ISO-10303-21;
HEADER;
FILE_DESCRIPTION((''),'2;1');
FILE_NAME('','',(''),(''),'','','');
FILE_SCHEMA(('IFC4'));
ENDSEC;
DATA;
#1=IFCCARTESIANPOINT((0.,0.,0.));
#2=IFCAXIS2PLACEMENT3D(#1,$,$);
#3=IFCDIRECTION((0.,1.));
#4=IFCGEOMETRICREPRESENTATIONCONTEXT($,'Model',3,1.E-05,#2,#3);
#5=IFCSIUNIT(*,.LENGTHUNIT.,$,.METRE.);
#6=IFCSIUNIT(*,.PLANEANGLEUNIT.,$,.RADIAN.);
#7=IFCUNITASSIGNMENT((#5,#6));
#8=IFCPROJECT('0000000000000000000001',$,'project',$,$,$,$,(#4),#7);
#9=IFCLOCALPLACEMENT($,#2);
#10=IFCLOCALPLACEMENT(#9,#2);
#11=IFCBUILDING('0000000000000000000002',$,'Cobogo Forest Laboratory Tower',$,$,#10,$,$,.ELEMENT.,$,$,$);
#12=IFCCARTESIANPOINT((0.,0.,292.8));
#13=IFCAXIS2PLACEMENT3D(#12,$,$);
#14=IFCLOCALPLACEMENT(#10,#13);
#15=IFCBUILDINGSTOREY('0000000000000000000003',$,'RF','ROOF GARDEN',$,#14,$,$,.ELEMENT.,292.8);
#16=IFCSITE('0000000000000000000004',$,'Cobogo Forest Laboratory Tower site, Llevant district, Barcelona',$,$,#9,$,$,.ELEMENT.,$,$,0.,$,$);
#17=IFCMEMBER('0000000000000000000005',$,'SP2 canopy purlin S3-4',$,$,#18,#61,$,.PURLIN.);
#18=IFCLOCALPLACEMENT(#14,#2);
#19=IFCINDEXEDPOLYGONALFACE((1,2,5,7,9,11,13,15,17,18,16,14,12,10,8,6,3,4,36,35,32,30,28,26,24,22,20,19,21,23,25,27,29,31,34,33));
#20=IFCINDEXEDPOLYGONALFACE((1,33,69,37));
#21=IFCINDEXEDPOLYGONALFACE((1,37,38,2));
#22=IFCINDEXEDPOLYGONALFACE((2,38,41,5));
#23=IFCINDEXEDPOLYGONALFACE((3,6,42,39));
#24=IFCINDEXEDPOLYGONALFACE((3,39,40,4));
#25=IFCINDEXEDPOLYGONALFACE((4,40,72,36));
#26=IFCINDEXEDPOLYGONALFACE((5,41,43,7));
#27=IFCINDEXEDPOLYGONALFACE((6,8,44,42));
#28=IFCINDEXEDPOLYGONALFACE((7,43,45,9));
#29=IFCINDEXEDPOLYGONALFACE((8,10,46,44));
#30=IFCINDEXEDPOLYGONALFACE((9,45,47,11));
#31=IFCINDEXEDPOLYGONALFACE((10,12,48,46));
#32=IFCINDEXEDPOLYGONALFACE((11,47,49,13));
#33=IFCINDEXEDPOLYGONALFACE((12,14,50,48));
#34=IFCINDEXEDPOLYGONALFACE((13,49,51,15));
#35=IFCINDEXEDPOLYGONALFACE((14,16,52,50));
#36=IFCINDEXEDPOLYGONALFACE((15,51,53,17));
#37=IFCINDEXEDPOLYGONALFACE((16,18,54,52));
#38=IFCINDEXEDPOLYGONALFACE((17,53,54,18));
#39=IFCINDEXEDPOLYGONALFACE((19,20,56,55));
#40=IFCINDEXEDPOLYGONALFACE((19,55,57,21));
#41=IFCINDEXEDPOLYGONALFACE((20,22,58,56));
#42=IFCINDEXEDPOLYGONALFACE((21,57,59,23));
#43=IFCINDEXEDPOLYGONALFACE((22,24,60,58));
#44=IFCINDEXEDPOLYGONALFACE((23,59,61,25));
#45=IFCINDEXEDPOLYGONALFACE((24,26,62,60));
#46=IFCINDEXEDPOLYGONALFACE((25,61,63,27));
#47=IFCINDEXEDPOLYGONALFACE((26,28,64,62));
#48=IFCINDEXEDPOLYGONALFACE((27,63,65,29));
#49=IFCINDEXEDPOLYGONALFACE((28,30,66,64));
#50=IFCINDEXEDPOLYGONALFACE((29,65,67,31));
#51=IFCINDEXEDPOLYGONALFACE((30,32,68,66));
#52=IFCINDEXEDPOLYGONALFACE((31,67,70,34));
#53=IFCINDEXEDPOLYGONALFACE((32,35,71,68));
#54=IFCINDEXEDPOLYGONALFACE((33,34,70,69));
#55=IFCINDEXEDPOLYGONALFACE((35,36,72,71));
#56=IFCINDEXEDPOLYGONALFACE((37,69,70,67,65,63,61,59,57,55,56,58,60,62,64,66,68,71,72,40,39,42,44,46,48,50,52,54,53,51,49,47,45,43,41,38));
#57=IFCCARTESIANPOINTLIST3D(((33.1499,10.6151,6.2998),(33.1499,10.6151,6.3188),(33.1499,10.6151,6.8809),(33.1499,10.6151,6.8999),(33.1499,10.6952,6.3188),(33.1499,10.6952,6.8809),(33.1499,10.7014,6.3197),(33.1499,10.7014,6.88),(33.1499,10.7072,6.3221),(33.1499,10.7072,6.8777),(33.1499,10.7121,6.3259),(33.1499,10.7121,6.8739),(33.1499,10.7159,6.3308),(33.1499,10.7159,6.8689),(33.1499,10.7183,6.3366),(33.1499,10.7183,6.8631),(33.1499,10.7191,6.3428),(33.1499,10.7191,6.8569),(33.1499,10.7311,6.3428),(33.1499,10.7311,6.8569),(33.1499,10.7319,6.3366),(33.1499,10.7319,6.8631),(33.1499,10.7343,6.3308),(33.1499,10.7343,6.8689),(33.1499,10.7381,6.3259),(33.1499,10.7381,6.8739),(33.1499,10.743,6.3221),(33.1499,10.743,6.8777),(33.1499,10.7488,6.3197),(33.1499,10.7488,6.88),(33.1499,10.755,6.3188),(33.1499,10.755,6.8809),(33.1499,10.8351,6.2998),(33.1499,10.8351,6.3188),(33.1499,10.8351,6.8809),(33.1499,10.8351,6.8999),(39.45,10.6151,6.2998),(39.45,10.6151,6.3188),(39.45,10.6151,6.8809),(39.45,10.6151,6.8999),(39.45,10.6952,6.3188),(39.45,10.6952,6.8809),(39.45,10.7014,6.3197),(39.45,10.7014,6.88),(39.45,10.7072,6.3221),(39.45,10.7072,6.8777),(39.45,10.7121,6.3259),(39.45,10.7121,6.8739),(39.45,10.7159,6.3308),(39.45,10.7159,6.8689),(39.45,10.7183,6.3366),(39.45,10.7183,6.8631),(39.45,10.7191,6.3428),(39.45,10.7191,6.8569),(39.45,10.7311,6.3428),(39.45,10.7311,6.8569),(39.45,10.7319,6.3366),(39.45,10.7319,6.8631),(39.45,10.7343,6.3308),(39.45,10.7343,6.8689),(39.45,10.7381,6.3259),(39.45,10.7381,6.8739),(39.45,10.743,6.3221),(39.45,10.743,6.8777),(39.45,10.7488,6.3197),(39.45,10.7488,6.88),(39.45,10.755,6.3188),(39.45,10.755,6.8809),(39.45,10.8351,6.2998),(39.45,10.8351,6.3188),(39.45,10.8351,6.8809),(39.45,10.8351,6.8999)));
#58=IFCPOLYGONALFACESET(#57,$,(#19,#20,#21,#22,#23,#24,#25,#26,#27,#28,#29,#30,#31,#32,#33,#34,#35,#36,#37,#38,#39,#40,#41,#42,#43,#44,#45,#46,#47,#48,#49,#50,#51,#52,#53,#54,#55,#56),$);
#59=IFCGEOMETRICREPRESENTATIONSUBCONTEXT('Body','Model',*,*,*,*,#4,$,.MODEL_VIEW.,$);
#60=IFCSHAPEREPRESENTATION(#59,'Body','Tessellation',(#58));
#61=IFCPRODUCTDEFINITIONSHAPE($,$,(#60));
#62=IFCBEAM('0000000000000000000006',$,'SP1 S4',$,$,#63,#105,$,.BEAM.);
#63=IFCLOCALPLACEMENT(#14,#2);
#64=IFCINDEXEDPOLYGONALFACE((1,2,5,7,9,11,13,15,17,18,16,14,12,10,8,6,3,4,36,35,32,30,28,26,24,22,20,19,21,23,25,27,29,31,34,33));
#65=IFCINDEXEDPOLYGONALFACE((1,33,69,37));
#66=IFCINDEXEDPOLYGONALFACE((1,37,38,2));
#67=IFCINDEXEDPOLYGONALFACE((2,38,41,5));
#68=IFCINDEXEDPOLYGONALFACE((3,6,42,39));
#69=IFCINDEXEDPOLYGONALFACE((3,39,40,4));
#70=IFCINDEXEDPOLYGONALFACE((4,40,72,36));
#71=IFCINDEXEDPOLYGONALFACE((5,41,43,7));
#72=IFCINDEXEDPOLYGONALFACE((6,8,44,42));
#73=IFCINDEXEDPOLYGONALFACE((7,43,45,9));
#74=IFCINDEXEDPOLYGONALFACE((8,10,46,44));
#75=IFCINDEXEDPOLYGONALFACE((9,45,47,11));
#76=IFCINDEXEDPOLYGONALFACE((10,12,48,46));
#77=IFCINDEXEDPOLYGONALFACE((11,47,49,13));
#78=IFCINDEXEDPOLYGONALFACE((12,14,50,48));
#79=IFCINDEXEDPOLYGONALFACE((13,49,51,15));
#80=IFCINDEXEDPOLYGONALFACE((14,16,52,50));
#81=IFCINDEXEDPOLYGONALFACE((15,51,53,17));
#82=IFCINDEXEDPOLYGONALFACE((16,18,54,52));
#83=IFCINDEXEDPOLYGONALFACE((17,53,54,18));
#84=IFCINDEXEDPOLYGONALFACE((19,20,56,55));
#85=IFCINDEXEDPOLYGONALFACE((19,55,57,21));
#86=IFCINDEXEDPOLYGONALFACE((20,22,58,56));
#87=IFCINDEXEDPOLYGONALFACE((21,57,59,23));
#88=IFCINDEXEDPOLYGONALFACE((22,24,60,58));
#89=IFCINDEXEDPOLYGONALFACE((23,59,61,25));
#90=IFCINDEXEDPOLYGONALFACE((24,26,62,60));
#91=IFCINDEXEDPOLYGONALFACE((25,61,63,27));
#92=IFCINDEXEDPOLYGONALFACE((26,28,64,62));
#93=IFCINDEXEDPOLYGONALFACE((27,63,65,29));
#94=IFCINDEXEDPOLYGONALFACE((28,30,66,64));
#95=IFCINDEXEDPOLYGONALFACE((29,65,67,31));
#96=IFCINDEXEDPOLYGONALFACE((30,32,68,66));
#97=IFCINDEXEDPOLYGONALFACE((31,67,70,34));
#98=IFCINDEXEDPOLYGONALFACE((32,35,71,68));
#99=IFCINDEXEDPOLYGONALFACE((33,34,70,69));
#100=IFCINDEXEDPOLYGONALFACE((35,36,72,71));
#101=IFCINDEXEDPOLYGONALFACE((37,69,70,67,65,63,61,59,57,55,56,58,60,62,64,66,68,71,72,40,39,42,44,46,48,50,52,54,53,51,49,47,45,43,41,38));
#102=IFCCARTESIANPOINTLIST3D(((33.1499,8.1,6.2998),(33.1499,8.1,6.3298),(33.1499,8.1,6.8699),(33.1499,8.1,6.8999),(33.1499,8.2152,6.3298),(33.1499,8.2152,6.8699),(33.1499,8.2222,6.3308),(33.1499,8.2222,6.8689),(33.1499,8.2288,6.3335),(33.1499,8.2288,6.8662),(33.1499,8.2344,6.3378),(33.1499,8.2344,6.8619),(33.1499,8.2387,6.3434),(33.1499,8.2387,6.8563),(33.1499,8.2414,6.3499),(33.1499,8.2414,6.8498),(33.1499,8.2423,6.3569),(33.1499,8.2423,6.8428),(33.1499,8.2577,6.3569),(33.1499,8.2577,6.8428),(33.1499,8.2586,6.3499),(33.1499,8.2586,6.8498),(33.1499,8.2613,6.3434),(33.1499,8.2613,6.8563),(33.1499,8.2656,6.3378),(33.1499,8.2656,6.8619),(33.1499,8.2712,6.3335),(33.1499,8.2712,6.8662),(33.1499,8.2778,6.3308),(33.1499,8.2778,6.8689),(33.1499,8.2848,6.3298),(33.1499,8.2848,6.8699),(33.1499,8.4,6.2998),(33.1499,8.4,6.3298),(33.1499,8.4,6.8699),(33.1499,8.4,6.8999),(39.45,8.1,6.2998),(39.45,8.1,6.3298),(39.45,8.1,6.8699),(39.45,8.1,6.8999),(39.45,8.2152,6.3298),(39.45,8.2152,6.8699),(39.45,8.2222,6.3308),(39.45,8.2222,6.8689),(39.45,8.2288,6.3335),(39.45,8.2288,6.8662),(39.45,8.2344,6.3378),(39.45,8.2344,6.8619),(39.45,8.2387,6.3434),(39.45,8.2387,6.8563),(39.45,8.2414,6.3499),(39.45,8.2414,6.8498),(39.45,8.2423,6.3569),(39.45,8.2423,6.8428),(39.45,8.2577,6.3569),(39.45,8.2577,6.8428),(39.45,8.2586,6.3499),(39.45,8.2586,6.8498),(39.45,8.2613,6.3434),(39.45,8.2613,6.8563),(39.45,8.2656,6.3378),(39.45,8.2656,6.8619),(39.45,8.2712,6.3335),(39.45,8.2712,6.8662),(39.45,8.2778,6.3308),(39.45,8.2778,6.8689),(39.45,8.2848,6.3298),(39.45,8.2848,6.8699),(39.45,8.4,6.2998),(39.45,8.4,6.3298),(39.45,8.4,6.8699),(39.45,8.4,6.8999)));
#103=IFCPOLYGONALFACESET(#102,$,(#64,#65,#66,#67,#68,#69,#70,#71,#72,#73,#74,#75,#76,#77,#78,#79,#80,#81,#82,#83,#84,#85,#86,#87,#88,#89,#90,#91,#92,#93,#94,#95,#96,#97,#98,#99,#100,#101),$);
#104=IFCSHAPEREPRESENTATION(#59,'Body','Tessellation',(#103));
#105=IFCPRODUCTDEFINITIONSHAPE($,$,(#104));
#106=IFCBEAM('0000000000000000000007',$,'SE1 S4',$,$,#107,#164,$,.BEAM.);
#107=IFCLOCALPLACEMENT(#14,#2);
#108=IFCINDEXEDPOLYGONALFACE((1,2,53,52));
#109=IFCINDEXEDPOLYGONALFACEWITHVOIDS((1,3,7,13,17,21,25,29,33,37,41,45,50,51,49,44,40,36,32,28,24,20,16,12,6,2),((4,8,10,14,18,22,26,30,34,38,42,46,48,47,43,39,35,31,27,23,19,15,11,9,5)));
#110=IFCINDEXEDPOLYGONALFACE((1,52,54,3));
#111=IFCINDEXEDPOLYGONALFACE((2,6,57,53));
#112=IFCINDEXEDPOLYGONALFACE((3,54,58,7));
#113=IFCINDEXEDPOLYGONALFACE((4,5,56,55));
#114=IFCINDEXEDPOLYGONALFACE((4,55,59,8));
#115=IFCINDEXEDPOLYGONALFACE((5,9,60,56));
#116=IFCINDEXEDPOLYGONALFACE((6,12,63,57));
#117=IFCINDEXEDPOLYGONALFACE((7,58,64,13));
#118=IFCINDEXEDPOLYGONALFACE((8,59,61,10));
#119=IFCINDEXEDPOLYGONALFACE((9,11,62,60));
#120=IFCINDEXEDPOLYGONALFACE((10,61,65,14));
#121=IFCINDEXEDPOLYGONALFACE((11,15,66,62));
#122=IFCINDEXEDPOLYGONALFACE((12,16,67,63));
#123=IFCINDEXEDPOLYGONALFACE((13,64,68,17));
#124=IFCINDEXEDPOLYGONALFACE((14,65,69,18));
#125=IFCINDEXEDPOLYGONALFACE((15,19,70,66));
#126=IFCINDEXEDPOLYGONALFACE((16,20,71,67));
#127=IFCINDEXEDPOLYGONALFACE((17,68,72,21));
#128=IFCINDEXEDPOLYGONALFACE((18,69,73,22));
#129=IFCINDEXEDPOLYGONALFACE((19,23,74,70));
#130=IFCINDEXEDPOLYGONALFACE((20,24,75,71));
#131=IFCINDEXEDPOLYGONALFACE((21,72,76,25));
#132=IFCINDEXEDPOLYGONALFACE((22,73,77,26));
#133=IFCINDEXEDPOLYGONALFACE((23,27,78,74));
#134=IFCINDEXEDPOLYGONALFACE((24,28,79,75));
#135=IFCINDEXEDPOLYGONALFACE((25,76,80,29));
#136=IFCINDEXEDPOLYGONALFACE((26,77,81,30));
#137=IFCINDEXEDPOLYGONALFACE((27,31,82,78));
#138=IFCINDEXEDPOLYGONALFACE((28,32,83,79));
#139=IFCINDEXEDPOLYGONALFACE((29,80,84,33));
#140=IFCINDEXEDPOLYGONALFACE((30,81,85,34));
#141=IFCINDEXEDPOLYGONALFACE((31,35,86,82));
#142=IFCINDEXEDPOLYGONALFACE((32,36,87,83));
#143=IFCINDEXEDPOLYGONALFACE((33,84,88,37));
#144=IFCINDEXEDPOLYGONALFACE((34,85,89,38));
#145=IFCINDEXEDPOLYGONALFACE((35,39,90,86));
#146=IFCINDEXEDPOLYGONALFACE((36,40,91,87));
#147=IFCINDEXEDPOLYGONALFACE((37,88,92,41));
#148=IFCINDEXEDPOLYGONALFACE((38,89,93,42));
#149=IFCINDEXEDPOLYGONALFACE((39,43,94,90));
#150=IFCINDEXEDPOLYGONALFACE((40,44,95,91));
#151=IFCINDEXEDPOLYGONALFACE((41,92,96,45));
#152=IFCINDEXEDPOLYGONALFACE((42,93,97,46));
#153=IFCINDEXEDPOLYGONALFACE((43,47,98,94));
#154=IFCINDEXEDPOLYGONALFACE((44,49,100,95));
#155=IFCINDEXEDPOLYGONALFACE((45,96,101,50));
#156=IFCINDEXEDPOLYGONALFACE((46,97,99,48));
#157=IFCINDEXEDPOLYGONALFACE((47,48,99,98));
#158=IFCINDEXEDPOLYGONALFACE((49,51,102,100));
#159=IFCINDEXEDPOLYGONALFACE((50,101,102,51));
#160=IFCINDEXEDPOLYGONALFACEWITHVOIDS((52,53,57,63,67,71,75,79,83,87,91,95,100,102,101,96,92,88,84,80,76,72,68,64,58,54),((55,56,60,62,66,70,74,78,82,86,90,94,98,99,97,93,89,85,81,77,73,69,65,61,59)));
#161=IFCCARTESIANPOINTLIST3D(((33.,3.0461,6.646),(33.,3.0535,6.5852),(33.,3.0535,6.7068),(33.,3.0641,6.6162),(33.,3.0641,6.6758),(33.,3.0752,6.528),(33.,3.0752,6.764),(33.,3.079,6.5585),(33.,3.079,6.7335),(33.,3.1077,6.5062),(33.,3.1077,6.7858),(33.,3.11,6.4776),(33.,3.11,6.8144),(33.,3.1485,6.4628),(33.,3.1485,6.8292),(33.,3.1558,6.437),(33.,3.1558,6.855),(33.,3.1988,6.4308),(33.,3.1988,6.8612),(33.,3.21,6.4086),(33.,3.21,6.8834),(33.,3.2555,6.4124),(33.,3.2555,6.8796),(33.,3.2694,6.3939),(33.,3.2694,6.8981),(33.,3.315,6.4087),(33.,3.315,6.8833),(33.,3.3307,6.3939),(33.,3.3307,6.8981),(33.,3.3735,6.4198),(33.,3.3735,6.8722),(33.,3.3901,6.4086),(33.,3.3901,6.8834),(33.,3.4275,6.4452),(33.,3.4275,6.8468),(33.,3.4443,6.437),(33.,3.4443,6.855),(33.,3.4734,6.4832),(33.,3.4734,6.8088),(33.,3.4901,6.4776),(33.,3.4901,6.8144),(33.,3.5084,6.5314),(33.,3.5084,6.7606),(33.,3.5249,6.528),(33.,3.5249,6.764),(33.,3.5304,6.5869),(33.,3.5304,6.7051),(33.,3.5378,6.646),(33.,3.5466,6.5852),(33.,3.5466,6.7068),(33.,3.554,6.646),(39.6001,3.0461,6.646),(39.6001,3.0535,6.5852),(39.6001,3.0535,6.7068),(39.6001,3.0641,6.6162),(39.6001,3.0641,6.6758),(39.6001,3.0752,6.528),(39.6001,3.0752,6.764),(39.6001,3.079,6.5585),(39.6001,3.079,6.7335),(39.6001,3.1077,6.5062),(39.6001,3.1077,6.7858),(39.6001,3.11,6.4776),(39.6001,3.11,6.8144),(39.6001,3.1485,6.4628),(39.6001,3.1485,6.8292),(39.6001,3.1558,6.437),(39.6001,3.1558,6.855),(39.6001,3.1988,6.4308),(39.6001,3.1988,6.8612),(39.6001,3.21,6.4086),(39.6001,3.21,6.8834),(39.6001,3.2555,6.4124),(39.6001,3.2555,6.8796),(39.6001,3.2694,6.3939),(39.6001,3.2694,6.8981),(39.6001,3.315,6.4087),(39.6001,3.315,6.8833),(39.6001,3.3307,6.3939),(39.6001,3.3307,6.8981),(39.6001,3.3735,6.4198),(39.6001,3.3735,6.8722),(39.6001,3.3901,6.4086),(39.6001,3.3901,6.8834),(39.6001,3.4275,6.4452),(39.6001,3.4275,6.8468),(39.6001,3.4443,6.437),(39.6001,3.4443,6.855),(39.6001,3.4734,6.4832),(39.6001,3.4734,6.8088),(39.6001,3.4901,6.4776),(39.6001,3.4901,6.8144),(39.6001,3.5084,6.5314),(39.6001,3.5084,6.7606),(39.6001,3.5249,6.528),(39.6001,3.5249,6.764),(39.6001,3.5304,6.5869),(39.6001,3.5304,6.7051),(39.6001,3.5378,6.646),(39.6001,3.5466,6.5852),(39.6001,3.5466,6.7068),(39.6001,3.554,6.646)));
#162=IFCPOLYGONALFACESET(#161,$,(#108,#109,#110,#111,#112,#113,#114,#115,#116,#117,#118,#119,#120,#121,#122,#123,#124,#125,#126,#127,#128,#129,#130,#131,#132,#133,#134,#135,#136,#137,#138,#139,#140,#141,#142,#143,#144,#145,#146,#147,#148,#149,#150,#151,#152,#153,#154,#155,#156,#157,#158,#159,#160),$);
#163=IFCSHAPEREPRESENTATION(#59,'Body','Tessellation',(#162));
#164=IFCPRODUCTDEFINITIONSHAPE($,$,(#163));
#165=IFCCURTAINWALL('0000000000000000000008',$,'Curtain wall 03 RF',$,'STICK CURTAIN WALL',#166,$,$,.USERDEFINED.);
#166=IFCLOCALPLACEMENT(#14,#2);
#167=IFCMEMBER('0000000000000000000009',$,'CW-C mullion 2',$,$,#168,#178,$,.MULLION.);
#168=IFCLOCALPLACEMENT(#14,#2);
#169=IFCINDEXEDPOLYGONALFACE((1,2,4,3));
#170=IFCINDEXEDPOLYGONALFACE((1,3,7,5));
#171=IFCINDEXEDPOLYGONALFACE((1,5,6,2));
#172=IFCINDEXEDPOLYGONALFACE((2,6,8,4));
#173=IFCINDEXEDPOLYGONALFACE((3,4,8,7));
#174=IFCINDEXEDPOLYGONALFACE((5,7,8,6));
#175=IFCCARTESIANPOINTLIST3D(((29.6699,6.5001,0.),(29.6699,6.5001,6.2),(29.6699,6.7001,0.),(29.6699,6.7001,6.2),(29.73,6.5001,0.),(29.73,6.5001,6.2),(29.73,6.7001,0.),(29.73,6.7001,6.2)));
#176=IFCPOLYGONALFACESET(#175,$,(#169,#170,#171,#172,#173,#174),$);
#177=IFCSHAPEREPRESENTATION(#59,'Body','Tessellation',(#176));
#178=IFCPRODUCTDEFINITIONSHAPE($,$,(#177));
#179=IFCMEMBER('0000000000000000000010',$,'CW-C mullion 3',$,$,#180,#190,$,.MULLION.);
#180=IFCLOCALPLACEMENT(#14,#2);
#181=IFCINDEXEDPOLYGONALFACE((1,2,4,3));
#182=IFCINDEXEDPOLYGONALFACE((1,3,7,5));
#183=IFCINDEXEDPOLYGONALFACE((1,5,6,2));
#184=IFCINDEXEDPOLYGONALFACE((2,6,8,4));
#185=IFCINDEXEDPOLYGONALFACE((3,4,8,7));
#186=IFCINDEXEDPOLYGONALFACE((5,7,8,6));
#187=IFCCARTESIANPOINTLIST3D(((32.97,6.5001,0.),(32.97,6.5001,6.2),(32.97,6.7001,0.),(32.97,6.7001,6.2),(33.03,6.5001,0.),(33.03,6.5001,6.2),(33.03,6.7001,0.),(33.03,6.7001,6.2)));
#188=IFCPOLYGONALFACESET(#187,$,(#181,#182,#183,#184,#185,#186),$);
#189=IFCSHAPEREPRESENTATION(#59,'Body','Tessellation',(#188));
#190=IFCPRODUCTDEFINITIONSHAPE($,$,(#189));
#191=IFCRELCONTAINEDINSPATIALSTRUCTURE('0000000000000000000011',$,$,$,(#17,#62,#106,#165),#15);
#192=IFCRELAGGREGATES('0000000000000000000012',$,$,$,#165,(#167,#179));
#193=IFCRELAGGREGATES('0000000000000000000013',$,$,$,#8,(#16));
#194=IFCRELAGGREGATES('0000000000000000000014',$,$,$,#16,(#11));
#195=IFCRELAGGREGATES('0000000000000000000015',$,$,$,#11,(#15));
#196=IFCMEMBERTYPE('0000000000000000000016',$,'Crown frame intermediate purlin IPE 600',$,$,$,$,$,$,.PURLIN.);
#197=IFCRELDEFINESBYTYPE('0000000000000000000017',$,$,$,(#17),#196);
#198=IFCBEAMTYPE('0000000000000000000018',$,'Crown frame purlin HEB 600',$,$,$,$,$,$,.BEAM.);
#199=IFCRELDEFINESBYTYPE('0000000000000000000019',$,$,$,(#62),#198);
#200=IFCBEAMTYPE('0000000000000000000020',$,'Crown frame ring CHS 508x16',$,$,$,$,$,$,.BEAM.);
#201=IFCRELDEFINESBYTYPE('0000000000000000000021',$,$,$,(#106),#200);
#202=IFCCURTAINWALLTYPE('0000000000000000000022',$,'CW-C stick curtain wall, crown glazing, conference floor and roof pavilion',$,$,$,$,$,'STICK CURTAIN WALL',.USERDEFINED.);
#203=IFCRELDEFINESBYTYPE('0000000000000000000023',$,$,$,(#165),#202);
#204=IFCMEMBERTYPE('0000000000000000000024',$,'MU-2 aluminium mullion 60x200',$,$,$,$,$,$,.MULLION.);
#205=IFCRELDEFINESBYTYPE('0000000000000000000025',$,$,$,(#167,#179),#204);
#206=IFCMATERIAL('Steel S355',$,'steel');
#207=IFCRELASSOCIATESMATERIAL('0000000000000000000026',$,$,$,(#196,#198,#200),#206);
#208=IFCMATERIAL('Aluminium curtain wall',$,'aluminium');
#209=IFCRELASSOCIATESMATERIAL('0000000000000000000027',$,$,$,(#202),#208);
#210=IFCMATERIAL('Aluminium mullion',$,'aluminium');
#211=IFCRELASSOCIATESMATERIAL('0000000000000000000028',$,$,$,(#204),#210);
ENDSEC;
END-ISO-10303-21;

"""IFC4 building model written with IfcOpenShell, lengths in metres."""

from ifc_helpers import new_model, si_unit, direction, frame, origin, origin_2d, place, context, subcontext, project, spatial, rectangle, hollow_circle, i_section, extrude, material, material_profile, profile_set, type_object, element, aggregate, save


model = new_model("IFC4")

# Units and contexts
model_context = context("Model", 3, precision=1e-05, world=origin(), true_north=direction((0.0, 1.0)))
body_context = subcontext(model_context, "Body", "Model", "MODEL_VIEW")
ifc_project = project(units=[si_unit("LENGTHUNIT", "METRE"), si_unit("PLANEANGLEUNIT", "RADIAN")], contexts=[model_context])

# Site, building, storey
site_placement = place(None, origin())
site = spatial("IfcSite", under=ifc_project, at=site_placement, Name="Cobogo Forest Laboratory Tower site, Llevant district, Barcelona", CompositionType="ELEMENT", RefElevation=0.0)
building_placement = place(site_placement, origin())
building = spatial("IfcBuilding", under=site, at=building_placement, Name="Cobogo Forest Laboratory Tower", CompositionType="ELEMENT")
storey_placement = place(building_placement, frame((0.0, 0.0, 292.8)))
storey = spatial("IfcBuildingStorey", under=building, at=storey_placement, Name="RF", Description="ROOF GARDEN", CompositionType="ELEMENT", Elevation=292.8)

# Shared definitions
ifc_material_1 = material(Name="Steel S355", Category="steel")

# Member
ifc_material_profile_1 = material_profile(ifc_material_1, i_section(OverallWidth=0.22, OverallDepth=0.6001, WebThickness=0.012, FlangeThickness=0.019, FilletRadius=0.0239, at=origin_2d()), Name="IPE 600")
ifc_profile_set_1 = profile_set([ifc_material_profile_1], Name="Steel S355")
member_type_1 = type_object("IfcMemberType", Name="Crown frame intermediate purlin IPE 600", PredefinedType="PURLIN", material=ifc_profile_set_1)
for number, where, z_axis, x_axis, name in (
    (1, (33.1499, 10.7251, 6.5999), (1.0, 0.0, 0.0), (0.0, 1.0, 0.0), "SP2 canopy purlin S3-4"),
):
    element("IfcMember", number, at=place(storey_placement, frame(where, z_axis=z_axis, x_axis=x_axis)), inside=storey, type_object=member_type_1, Name=name, PredefinedType="PURLIN", context=body_context, shape_type="SweptSolid", body=[
        extrude(i_section(OverallWidth=0.22, OverallDepth=0.6001, WebThickness=0.012, FlangeThickness=0.019, FilletRadius=0.0239, at=origin_2d()), origin(), (0.0, 0.0, 1.0), 6.3),
    ])

# Beams
ifc_material_profile_2 = material_profile(ifc_material_1, i_section(OverallWidth=0.3, OverallDepth=0.6001, WebThickness=0.0154, FlangeThickness=0.03, FilletRadius=0.0271, at=origin_2d()), Name="HEB 600")
ifc_profile_set_2 = profile_set([ifc_material_profile_2], Name="Steel S355")
beam_type_1 = type_object("IfcBeamType", Name="Crown frame purlin HEB 600", PredefinedType="BEAM", material=ifc_profile_set_2)
beam_1_placement = place(storey_placement, frame((33.1499, 8.25, 6.5999), z_axis=(1.0, 0.0, 0.0), x_axis=(0.0, 1.0, 0.0)))
element("IfcBeam", 2, at=beam_1_placement, inside=storey, type_object=beam_type_1, Name="SP1 S4", PredefinedType="BEAM", context=body_context, shape_type="SweptSolid", body=[
    extrude(i_section(OverallWidth=0.3, OverallDepth=0.6001, WebThickness=0.0154, FlangeThickness=0.03, FilletRadius=0.0271, at=origin_2d()), origin(), (0.0, 0.0, 1.0), 6.3),
])
ifc_material_profile_3 = material_profile(ifc_material_1, hollow_circle(Radius=0.2539, WallThickness=0.0161, at=origin_2d()), Name="CHS 508x16")
ifc_profile_set_3 = profile_set([ifc_material_profile_3], Name="Steel S355")
beam_type_2 = type_object("IfcBeamType", Name="Crown frame ring CHS 508x16", PredefinedType="BEAM", material=ifc_profile_set_3)
beam_2_placement = place(storey_placement, frame((33.0, 3.3, 6.646), z_axis=(1.0, 0.0, 0.0), x_axis=(0.0, 1.0, 0.0)))
element("IfcBeam", 3, at=beam_2_placement, inside=storey, type_object=beam_type_2, Name="SE1 S4", PredefinedType="BEAM", context=body_context, shape_type="SweptSolid", body=[
    extrude(hollow_circle(Radius=0.2539, WallThickness=0.0161, at=origin_2d()), origin(), (0.0, 0.0, 1.0), 6.6001),
])

# Curtain wall, members
ifc_material_2 = material(Name="Aluminium curtain wall", Category="aluminium")
curtain_wall_type = type_object("IfcCurtainWallType", Name="CW-C stick curtain wall, crown glazing, conference floor and roof pavilion", ElementType="STICK CURTAIN WALL", PredefinedType="USERDEFINED", material=ifc_material_2)
curtain_wall_placement = place(storey_placement, origin())
curtain_wall = element("IfcCurtainWall", 4, at=curtain_wall_placement, inside=storey, type_object=curtain_wall_type, Name="Curtain wall 03 RF", ObjectType="STICK CURTAIN WALL", PredefinedType="USERDEFINED")
ifc_material_3 = material(Name="Aluminium mullion", Category="aluminium")
ifc_material_profile_4 = material_profile(ifc_material_3, rectangle(XDim=0.0601, YDim=0.2, at=origin_2d()), Name="AL 60x200")
ifc_profile_set_4 = profile_set([ifc_material_profile_4], Name="Aluminium mullion")
member_type_2 = type_object("IfcMemberType", Name="MU-2 aluminium mullion 60x200", PredefinedType="MULLION", material=ifc_profile_set_4)
member_1_placement = place(storey_placement, frame((29.7, 6.6001, 0.0), z_axis=(0.0, 0.0, 1.0), x_axis=(1.0, 0.0, 0.0)))
member_1 = element("IfcMember", 5, at=member_1_placement, type_object=member_type_2, Name="CW-C mullion 2", PredefinedType="MULLION", context=body_context, shape_type="SweptSolid", body=[
    extrude(rectangle(XDim=0.0601, YDim=0.2, at=origin_2d()), origin(), (0.0, 0.0, 1.0), 6.2),
])
member_2_placement = place(storey_placement, frame((33.0, 6.6001, 0.0), z_axis=(0.0, 0.0, 1.0), x_axis=(1.0, 0.0, 0.0)))
member_2 = element("IfcMember", 6, at=member_2_placement, type_object=member_type_2, Name="CW-C mullion 3", PredefinedType="MULLION", context=body_context, shape_type="SweptSolid", body=[
    extrude(rectangle(XDim=0.0601, YDim=0.2, at=origin_2d()), origin(), (0.0, 0.0, 1.0), 6.2),
])

aggregate(curtain_wall, [member_1, member_2])

save(model, "model.ifc")
